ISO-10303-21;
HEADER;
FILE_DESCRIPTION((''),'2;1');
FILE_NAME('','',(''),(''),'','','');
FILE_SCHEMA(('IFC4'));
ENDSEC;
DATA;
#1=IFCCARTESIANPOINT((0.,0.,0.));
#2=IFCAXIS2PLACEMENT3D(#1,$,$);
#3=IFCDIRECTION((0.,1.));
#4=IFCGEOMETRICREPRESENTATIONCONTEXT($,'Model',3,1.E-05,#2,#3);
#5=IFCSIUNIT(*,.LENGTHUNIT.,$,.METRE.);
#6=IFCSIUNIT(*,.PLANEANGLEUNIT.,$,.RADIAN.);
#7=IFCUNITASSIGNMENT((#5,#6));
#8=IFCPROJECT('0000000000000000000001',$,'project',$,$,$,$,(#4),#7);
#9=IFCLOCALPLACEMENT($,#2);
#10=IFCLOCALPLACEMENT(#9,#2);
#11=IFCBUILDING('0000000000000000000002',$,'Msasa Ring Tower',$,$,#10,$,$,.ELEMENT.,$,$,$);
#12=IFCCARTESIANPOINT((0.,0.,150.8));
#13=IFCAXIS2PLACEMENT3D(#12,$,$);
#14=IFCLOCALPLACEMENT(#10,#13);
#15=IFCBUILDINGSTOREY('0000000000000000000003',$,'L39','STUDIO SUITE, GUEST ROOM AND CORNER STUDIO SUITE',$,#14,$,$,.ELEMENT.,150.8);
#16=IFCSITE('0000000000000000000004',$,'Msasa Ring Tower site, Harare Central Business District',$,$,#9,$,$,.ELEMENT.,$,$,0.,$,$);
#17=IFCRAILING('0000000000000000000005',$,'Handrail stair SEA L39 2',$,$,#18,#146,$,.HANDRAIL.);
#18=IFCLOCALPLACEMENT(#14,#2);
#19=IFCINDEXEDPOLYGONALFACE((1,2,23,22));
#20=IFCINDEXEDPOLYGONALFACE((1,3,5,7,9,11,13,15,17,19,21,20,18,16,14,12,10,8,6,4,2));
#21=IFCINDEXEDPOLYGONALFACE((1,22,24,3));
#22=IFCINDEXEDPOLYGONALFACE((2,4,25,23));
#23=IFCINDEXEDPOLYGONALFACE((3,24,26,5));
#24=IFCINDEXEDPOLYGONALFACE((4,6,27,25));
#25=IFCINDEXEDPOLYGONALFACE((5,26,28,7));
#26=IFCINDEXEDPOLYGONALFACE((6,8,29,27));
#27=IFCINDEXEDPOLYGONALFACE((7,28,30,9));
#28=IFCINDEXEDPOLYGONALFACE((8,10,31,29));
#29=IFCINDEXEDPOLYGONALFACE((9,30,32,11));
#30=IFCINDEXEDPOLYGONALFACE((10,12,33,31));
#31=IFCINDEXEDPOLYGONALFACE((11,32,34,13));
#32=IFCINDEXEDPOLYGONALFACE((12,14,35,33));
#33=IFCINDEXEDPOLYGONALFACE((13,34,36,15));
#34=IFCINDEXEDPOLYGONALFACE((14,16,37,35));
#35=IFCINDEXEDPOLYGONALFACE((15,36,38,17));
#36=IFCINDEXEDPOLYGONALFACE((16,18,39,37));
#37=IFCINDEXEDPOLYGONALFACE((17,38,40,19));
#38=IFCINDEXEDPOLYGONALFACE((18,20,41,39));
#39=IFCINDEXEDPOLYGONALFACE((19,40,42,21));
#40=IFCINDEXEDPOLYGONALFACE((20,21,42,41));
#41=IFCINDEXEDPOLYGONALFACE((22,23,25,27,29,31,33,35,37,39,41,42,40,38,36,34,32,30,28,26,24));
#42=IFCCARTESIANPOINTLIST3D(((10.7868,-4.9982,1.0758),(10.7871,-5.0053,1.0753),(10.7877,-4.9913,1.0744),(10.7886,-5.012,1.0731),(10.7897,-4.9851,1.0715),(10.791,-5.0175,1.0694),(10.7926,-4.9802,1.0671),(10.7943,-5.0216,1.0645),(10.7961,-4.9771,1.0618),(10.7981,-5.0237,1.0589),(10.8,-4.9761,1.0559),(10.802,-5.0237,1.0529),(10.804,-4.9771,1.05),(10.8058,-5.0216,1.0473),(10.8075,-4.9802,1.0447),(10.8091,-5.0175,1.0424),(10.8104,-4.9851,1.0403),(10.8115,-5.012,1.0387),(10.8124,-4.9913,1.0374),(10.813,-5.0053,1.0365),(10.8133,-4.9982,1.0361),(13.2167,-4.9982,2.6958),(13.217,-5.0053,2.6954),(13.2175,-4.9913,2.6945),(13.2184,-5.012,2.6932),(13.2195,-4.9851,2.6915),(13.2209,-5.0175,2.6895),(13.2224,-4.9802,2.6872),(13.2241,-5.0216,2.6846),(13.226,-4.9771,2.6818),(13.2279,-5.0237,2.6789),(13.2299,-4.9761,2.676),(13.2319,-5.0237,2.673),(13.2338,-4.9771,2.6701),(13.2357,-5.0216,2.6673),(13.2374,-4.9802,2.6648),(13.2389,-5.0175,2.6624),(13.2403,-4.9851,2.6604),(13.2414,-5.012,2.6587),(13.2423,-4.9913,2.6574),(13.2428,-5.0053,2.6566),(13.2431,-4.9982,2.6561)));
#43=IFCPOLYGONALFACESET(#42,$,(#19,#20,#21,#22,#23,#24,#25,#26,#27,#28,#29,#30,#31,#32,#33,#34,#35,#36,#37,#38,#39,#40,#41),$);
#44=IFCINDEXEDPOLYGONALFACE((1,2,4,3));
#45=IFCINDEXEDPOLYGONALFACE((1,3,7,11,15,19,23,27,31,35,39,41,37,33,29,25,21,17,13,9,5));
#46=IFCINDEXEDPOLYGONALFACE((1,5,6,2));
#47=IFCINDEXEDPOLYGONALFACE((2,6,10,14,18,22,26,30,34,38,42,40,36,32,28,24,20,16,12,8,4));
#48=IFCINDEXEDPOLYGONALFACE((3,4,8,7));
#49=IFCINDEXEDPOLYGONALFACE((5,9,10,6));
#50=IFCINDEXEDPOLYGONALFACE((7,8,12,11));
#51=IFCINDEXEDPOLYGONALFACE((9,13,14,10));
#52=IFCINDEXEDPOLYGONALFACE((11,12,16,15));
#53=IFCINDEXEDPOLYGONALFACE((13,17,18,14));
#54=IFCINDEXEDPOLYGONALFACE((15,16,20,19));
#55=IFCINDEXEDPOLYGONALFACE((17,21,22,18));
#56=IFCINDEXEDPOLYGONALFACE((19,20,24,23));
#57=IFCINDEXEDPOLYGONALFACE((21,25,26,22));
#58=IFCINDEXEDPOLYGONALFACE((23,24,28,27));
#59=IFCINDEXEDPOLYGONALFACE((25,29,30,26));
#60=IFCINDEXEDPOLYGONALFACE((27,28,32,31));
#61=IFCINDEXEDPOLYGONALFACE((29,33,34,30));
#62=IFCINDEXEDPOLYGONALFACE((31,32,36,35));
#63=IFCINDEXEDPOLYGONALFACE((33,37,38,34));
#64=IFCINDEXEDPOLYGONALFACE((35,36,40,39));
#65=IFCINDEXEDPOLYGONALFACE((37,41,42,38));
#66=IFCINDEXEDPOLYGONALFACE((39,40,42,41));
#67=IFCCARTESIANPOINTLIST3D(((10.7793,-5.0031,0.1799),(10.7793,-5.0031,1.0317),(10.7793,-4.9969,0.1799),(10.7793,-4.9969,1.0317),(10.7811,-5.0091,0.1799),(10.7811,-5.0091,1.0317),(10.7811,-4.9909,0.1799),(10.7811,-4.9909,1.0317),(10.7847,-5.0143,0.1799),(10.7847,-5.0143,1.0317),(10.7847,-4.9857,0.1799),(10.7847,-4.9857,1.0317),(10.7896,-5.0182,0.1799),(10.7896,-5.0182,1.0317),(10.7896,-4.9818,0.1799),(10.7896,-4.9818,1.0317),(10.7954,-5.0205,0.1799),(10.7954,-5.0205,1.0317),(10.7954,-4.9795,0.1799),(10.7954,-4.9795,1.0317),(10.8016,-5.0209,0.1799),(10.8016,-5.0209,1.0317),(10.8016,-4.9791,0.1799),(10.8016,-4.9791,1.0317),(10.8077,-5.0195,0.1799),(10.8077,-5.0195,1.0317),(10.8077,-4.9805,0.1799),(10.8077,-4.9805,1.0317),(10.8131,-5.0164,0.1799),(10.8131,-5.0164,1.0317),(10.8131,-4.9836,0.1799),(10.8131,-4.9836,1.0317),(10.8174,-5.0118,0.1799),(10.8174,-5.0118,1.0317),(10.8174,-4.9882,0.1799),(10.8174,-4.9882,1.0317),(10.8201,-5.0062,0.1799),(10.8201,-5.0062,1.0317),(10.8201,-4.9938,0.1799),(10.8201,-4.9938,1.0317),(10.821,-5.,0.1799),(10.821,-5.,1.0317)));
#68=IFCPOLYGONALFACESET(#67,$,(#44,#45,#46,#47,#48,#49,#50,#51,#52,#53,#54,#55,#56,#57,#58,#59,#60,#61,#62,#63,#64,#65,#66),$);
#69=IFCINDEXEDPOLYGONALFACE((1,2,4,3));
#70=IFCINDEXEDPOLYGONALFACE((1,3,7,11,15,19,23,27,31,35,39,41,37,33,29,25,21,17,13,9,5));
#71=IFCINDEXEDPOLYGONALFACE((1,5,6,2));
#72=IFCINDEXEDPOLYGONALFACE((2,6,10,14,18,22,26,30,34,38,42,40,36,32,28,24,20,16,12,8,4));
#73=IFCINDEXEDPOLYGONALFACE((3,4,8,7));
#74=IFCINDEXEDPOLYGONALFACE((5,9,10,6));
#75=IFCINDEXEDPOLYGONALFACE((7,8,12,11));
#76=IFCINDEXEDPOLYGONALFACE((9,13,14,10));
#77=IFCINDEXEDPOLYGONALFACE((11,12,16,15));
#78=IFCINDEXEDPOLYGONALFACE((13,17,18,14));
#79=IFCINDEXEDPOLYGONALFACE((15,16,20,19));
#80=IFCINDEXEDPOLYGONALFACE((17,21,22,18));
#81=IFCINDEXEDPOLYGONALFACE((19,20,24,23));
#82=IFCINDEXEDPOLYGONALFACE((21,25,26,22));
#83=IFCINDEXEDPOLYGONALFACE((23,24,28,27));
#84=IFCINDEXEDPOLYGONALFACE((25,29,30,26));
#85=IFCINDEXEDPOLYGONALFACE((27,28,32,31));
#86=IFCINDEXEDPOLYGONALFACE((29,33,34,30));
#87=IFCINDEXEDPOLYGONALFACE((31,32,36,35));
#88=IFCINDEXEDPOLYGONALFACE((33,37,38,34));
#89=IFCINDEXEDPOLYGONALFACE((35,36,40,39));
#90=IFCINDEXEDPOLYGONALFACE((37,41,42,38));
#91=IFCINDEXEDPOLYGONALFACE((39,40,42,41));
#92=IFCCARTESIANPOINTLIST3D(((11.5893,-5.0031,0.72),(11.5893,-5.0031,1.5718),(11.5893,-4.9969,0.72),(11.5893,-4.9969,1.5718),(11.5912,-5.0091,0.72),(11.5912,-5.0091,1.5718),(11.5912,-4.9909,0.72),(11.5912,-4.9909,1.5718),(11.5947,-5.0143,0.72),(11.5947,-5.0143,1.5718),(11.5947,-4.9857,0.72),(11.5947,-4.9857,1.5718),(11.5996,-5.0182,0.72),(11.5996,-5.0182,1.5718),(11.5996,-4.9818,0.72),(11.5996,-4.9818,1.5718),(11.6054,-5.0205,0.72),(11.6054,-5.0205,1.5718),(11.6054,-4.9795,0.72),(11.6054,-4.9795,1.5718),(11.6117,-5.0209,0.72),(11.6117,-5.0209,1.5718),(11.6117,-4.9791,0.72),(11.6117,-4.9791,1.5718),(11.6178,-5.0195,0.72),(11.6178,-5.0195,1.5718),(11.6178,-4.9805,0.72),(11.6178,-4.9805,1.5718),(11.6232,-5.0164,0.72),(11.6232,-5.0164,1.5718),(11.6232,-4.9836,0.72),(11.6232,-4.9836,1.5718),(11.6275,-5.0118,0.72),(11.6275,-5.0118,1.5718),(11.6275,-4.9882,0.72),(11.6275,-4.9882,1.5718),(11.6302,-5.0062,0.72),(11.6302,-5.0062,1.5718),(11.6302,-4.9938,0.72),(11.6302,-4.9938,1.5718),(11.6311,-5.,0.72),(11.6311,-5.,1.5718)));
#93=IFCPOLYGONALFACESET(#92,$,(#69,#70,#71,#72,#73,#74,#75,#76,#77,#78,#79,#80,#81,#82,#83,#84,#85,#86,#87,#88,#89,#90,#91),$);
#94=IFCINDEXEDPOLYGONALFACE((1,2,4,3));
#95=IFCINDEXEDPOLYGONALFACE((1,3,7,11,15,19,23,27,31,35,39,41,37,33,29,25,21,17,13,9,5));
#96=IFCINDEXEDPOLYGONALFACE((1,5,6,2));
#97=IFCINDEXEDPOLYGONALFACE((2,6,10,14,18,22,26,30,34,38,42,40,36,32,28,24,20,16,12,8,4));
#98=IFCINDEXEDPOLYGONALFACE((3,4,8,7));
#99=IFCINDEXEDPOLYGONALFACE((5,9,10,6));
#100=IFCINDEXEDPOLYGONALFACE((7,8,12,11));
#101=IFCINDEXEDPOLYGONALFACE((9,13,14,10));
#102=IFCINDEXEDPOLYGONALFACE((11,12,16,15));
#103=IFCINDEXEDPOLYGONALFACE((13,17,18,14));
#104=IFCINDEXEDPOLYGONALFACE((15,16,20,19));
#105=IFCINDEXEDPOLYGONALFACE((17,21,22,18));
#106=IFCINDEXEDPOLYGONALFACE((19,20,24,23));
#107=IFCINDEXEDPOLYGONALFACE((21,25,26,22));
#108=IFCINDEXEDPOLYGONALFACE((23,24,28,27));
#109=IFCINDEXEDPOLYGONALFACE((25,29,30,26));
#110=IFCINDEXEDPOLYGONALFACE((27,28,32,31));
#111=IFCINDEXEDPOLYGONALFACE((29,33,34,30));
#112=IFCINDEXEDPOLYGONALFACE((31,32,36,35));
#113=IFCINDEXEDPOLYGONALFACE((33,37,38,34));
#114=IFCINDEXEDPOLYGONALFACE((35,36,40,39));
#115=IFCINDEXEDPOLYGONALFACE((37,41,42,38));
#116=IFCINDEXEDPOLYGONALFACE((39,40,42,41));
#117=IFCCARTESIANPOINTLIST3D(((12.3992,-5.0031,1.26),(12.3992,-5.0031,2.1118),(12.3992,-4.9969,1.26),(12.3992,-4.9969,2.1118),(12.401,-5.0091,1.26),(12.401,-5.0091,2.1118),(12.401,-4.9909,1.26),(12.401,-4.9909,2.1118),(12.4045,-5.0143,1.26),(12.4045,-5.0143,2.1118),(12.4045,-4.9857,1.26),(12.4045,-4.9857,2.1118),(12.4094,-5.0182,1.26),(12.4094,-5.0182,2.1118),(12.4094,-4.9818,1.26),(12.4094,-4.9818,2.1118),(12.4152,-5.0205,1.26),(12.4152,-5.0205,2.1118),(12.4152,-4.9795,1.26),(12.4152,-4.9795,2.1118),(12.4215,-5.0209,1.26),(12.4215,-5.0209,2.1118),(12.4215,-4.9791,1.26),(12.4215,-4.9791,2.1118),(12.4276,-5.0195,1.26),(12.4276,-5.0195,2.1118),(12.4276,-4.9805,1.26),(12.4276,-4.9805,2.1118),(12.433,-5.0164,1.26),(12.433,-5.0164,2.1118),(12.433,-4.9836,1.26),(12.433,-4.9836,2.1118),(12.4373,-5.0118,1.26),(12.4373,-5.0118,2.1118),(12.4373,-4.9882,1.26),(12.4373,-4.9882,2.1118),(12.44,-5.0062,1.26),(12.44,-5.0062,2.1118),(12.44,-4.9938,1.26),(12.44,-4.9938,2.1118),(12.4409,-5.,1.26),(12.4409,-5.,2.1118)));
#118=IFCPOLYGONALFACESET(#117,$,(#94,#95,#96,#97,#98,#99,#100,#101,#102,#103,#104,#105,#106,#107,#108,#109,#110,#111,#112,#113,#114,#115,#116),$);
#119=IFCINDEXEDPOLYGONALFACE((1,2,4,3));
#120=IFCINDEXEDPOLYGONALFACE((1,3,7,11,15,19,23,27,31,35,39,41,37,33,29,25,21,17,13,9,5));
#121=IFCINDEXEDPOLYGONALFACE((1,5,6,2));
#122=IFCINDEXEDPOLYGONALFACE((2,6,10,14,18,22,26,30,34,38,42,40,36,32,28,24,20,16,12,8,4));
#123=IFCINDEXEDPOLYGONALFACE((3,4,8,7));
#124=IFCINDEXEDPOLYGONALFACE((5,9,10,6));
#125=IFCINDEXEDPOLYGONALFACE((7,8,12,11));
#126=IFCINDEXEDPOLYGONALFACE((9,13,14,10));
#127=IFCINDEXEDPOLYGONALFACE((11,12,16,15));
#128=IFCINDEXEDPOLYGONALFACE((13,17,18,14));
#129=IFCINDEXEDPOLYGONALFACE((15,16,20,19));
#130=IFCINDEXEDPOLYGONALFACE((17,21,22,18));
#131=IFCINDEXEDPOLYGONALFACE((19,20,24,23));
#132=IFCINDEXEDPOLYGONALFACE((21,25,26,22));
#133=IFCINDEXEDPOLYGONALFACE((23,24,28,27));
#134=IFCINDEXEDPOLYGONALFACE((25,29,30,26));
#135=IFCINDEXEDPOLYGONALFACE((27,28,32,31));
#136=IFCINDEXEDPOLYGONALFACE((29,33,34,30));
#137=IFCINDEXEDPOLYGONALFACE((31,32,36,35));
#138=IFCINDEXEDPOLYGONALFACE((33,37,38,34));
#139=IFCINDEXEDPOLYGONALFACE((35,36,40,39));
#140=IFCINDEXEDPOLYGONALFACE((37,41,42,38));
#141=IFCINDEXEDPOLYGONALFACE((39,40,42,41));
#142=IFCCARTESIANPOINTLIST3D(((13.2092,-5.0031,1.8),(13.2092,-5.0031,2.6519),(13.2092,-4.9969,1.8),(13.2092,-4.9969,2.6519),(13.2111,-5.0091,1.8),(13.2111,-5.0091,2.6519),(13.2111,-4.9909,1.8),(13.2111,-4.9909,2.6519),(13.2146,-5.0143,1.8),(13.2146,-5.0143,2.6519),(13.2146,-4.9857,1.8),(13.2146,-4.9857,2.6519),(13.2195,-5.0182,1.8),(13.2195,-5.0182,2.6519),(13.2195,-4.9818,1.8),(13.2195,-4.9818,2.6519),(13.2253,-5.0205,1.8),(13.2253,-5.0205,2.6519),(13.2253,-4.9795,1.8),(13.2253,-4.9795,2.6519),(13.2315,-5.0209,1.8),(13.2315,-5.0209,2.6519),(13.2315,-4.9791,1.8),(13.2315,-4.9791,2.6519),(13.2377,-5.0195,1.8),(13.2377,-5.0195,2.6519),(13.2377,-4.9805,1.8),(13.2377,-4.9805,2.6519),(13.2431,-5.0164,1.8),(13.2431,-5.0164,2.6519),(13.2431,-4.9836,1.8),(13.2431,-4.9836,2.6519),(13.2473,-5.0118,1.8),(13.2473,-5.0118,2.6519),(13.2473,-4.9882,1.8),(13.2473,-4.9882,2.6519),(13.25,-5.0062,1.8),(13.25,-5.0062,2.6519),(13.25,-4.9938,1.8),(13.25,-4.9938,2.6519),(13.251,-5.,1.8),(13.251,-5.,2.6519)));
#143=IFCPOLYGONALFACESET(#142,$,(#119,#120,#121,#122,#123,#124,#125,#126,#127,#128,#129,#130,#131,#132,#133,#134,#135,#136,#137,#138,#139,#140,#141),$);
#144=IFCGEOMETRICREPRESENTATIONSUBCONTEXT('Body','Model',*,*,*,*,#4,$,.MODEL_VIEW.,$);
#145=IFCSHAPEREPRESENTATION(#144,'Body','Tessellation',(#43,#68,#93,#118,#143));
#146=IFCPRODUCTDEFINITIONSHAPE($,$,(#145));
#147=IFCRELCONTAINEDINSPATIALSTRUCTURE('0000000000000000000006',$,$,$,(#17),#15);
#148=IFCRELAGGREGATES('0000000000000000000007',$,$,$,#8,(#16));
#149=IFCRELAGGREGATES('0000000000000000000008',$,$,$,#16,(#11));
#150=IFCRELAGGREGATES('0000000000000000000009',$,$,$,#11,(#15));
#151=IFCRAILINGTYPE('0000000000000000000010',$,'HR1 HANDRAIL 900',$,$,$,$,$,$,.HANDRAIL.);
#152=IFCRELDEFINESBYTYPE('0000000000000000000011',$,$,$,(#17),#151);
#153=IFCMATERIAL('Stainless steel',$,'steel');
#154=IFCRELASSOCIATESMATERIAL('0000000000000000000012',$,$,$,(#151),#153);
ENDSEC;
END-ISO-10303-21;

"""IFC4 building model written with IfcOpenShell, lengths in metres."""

from ifc_helpers import new_model, si_unit, direction, frame, origin, origin_2d, place, context, subcontext, project, spatial, circle, extrude, material, type_object, element, save


model = new_model("IFC4")

# Units and contexts
model_context = context("Model", 3, precision=1e-05, world=origin(), true_north=direction((0.0, 1.0)))
body_context = subcontext(model_context, "Body", "Model", "MODEL_VIEW")
ifc_project = project(units=[si_unit("LENGTHUNIT", "METRE"), si_unit("PLANEANGLEUNIT", "RADIAN")], contexts=[model_context])

# Site, building, storey
site_placement = place(None, origin())
site = spatial("IfcSite", under=ifc_project, at=site_placement, Name="Msasa Ring Tower site, Harare Central Business District", CompositionType="ELEMENT", RefElevation=0.0)
building_placement = place(site_placement, origin())
building = spatial("IfcBuilding", under=site, at=building_placement, Name="Msasa Ring Tower", CompositionType="ELEMENT")
storey_placement = place(building_placement, frame((0.0, 0.0, 150.8)))
storey = spatial("IfcBuildingStorey", under=building, at=storey_placement, Name="L39", Description="STUDIO SUITE, GUEST ROOM AND CORNER STUDIO SUITE", CompositionType="ELEMENT", Elevation=150.8)

# Railing
ifc_material_1 = material(Name="Stainless steel", Category="steel")
railing_type = type_object("IfcRailingType", Name="HR1 HANDRAIL 900", PredefinedType="HANDRAIL", material=ifc_material_1)
for number, where, name in (
    (1, (10.8, -5.0, 0.1799), "Handrail stair SEA L39 2"),
):
    element("IfcRailing", number, at=place(storey_placement, frame(where)), inside=storey, type_object=railing_type, Name=name, PredefinedType="HANDRAIL", context=body_context, shape_type="SweptSolid", body=[
        extrude(circle(Radius=0.0239, at=origin_2d()), frame((0.0, 0.0, 0.876), z_axis=(0.832025, 0.0, 0.554739), x_axis=(0.0, 1.0, 0.0)), (0.0, 0.0, 1.0), 2.9204),
        extrude(circle(Radius=0.021, at=origin_2d()), origin(), (0.0, 0.0, 1.0), 0.8518),
        extrude(circle(Radius=0.021, at=origin_2d()), frame((0.8101, 0.0, 0.54)), (0.0, 0.0, 1.0), 0.8518),
        extrude(circle(Radius=0.021, at=origin_2d()), frame((1.6199, 0.0, 1.0801)), (0.0, 0.0, 1.0), 0.8518),
        extrude(circle(Radius=0.021, at=origin_2d()), frame((2.4299, 0.0, 1.6201)), (0.0, 0.0, 1.0), 0.8518),
    ])

save(model, "model.ifc")
